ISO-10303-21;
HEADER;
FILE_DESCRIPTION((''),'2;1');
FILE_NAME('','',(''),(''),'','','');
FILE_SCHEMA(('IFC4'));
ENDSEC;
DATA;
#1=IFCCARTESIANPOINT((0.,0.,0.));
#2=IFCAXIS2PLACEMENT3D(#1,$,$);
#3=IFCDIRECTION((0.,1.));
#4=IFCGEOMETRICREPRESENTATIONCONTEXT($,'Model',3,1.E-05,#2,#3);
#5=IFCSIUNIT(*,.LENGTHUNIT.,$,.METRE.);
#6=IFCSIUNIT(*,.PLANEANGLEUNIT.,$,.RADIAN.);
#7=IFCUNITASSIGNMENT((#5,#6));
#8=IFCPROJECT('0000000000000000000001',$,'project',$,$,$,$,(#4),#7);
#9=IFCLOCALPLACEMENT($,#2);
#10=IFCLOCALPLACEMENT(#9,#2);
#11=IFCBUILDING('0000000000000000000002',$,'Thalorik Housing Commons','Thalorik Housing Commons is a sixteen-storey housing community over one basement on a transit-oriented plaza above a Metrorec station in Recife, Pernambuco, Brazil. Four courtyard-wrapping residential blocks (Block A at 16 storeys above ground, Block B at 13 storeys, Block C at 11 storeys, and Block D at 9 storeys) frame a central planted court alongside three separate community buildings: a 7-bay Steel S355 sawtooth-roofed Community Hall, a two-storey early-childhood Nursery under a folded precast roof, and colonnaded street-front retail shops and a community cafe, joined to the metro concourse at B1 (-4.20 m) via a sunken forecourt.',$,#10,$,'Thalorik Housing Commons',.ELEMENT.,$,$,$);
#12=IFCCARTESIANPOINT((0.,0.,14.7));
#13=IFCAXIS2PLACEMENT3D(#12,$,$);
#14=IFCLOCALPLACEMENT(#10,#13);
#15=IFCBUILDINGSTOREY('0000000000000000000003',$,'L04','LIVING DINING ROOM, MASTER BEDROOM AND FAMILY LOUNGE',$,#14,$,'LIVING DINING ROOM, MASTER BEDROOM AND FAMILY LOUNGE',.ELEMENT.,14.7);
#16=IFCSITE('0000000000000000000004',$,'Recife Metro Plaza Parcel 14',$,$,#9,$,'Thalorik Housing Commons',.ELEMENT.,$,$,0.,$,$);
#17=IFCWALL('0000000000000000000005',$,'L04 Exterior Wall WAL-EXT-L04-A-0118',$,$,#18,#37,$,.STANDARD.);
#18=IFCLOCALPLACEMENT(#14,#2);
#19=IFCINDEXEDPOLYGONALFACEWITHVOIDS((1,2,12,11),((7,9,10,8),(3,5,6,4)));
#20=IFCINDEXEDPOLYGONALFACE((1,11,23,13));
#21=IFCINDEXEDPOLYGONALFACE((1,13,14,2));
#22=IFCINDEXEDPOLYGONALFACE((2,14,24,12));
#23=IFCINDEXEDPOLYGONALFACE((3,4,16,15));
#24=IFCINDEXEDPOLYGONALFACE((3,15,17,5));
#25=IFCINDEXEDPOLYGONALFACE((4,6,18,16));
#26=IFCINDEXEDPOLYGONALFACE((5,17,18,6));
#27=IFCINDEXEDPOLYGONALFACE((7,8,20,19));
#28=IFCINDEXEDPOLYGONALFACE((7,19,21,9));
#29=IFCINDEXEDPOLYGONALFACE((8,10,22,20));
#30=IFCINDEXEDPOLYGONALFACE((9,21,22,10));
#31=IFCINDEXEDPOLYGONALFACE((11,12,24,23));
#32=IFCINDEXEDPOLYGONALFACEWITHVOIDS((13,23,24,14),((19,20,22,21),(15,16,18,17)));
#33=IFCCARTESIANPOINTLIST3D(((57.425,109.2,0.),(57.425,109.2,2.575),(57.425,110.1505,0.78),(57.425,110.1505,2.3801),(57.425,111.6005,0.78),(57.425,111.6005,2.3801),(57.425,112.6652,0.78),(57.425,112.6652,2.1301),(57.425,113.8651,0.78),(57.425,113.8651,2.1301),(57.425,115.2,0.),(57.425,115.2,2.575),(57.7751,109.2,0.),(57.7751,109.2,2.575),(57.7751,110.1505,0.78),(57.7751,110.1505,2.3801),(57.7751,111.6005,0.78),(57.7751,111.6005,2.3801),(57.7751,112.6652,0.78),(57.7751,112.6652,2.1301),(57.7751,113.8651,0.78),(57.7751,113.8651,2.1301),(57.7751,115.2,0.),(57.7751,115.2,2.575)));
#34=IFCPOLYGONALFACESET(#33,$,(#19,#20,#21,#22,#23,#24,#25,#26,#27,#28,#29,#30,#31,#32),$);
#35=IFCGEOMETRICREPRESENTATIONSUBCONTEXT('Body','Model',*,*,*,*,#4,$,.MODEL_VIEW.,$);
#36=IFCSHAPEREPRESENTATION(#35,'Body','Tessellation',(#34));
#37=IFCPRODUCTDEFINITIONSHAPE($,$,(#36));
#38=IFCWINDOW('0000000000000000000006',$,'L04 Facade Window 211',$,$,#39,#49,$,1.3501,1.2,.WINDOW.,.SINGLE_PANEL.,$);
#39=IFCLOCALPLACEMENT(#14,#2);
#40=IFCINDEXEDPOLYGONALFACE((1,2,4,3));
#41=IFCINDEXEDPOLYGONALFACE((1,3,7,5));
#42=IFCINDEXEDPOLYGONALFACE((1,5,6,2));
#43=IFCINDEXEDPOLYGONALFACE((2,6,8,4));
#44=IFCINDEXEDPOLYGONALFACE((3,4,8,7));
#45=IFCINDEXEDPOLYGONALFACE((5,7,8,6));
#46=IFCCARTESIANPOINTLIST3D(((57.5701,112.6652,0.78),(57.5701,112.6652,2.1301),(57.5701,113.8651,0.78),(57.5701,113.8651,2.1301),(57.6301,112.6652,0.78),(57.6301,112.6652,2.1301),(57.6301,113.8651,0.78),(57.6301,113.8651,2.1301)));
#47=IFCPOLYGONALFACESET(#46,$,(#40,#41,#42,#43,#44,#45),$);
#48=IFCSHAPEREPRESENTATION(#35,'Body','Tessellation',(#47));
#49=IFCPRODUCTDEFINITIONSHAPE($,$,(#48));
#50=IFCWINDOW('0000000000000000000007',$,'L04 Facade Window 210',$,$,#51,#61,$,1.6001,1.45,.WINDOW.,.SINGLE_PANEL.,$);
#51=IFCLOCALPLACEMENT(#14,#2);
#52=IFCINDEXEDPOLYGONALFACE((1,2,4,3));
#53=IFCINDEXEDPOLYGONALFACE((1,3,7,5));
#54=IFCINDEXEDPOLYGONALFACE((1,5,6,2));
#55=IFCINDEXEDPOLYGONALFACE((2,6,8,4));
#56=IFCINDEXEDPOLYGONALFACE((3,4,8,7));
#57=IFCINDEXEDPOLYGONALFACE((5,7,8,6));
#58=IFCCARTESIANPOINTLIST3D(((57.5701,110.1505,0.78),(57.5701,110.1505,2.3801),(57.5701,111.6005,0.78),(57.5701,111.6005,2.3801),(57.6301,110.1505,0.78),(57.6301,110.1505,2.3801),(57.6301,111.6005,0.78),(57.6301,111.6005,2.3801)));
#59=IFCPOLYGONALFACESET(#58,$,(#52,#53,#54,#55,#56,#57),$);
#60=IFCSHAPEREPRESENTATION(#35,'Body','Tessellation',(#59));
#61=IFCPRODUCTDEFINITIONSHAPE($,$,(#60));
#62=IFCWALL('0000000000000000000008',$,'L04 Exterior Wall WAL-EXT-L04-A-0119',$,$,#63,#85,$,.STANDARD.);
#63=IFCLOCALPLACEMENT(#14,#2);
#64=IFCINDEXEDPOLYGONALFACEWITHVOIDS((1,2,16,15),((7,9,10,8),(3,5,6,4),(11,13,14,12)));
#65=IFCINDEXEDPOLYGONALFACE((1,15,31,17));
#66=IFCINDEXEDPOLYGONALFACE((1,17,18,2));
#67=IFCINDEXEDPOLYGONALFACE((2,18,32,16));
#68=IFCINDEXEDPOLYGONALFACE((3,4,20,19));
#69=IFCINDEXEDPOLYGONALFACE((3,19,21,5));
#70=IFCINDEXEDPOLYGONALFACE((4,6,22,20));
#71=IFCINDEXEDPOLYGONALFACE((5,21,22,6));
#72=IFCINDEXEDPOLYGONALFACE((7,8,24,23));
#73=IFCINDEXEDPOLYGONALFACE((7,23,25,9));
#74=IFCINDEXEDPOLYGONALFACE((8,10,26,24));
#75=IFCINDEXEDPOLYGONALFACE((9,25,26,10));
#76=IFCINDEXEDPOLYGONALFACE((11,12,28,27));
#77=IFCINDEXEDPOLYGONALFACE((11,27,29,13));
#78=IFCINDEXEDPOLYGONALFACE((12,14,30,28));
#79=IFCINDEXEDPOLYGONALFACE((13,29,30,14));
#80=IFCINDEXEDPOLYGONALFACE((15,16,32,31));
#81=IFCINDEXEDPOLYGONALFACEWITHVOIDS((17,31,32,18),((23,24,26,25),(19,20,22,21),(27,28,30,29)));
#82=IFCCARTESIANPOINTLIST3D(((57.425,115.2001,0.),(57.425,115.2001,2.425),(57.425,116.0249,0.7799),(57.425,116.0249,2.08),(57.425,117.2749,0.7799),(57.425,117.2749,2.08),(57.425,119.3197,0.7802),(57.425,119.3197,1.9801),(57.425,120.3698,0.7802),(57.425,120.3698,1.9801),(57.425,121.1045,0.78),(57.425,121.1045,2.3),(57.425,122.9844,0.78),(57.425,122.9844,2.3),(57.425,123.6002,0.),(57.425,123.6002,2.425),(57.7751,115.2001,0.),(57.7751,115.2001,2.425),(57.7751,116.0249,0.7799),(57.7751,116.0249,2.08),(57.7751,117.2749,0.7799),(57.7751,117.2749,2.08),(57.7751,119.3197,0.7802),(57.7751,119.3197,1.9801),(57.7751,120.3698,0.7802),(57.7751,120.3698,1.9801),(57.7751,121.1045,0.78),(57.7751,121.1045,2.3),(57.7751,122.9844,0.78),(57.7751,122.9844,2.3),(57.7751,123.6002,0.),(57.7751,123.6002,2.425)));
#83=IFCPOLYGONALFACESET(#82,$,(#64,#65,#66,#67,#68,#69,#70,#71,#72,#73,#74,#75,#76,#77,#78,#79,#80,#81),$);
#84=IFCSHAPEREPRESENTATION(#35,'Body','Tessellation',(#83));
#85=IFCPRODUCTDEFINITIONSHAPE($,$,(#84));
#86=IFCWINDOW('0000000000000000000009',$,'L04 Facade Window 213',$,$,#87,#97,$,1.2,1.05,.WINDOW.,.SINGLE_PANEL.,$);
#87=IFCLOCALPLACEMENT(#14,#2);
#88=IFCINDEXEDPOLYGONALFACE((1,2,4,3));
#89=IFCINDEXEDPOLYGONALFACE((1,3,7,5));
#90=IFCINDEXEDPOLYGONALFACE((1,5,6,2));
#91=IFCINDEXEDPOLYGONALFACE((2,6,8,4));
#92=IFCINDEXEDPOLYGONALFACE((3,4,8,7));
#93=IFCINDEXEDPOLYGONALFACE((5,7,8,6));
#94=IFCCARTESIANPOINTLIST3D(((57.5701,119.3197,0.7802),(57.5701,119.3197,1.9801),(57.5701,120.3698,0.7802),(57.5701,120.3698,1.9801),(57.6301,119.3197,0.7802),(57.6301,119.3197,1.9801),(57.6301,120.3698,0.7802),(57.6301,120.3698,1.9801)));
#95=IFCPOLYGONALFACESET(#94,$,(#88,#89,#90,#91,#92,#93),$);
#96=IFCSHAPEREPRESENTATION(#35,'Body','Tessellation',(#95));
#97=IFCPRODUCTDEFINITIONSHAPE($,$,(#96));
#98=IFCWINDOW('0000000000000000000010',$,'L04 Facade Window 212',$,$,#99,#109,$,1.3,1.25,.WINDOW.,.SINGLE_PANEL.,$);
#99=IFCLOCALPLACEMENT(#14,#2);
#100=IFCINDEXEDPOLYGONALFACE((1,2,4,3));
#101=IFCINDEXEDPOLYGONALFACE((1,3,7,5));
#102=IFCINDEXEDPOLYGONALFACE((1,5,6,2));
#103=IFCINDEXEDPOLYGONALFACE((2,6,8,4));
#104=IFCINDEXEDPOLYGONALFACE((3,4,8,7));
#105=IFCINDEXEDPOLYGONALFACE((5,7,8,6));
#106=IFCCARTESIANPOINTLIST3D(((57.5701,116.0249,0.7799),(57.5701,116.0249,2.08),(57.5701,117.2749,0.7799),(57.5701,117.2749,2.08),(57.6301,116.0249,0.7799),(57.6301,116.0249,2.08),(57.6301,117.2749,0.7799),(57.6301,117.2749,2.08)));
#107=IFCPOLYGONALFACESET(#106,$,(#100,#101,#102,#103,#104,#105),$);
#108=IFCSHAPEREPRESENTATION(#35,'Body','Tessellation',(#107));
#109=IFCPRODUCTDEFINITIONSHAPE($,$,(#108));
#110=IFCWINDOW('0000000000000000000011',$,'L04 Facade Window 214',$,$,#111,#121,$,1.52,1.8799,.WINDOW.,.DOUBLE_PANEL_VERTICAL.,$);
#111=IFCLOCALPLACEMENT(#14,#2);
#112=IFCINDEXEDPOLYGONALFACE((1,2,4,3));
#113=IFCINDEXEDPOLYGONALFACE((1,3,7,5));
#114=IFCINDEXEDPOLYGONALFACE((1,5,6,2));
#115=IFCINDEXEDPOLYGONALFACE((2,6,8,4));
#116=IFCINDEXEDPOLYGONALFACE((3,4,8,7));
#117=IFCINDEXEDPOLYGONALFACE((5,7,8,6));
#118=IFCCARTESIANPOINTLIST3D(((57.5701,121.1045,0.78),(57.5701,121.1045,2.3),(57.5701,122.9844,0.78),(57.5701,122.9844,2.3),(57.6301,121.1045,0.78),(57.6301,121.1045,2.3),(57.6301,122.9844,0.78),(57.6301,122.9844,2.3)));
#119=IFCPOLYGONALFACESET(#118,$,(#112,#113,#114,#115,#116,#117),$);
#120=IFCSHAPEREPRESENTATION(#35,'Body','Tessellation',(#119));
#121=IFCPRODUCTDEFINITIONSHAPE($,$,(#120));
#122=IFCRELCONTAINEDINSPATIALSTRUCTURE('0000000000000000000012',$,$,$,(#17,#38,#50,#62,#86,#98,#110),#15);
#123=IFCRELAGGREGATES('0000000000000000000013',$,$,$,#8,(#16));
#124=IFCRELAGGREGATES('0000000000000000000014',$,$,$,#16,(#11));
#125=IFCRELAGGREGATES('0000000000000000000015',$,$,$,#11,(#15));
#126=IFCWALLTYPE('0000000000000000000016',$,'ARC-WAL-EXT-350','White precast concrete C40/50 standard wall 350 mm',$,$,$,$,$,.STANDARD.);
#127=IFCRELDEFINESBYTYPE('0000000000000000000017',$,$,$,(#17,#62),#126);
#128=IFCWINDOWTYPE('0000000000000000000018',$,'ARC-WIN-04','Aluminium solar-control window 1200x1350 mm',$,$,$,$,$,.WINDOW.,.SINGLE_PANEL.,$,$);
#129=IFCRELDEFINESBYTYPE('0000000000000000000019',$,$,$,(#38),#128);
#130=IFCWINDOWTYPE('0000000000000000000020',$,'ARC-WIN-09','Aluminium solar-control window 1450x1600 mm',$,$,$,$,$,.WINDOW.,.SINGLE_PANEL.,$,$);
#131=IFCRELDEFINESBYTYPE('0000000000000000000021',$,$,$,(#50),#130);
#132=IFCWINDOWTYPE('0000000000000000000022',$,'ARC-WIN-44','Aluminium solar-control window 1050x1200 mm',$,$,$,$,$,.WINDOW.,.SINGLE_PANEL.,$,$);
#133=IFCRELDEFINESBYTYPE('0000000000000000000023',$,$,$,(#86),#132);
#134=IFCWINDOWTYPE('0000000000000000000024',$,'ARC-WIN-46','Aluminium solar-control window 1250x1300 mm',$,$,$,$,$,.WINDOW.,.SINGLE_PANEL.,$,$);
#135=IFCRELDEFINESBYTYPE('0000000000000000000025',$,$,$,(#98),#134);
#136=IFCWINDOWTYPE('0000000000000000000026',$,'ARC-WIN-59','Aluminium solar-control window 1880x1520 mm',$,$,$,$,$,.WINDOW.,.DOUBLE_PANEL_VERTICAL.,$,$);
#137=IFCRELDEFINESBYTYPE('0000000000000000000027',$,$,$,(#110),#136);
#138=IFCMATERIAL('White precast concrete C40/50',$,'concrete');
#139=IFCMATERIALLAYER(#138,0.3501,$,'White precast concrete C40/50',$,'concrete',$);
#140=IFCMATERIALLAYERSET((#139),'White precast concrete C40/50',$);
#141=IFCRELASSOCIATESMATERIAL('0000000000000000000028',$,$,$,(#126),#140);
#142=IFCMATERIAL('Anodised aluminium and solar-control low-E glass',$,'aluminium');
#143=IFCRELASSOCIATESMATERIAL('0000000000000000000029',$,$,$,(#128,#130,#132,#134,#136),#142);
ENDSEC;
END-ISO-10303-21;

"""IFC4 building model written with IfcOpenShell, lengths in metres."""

from ifc_helpers import new_model, si_unit, direction, frame, frame_2d, origin, place, context, subcontext, project, spatial, rectangle, extrude, material, layer, layer_set, type_object, element, fill, save


model = new_model("IFC4")

# Units and contexts
model_context = context("Model", 3, precision=1e-05, world=origin(), true_north=direction((0.0, 1.0)))
body_context = subcontext(model_context, "Body", "Model", "MODEL_VIEW")
ifc_project = project(units=[si_unit("LENGTHUNIT", "METRE"), si_unit("PLANEANGLEUNIT", "RADIAN")], contexts=[model_context])

# Site, building, storey
site_placement = place(None, origin())
site = spatial("IfcSite", under=ifc_project, at=site_placement, Name="Recife Metro Plaza Parcel 14", LongName="Thalorik Housing Commons", CompositionType="ELEMENT", RefElevation=0.0)
building_placement = place(site_placement, origin())
building = spatial("IfcBuilding", under=site, at=building_placement, Name="Thalorik Housing Commons", Description="Thalorik Housing Commons is a sixteen-storey housing community over one basement on a transit-oriented plaza above a Metrorec station in Recife, Pernambuco, Brazil. Four courtyard-wrapping residential blocks (Block A at 16 storeys above ground, Block B at 13 storeys, Block C at 11 storeys, and Block D at 9 storeys) frame a central planted court alongside three separate community buildings: a 7-bay Steel S355 sawtooth-roofed Community Hall, a two-storey early-childhood Nursery under a folded precast roof, and colonnaded street-front retail shops and a community cafe, joined to the metro concourse at B1 (-4.20 m) via a sunken forecourt.", LongName="Thalorik Housing Commons", CompositionType="ELEMENT")
storey_placement = place(building_placement, frame((0.0, 0.0, 14.7)))
storey = spatial("IfcBuildingStorey", under=building, at=storey_placement, Name="L04", Description="LIVING DINING ROOM, MASTER BEDROOM AND FAMILY LOUNGE", LongName="LIVING DINING ROOM, MASTER BEDROOM AND FAMILY LOUNGE", CompositionType="ELEMENT", Elevation=14.7)

# Walls, openings, windows
ifc_material_1 = material(Name="White precast concrete C40/50", Category="concrete")
ifc_layer_1 = layer(ifc_material_1, 0.3501, Name="White precast concrete C40/50", Category="concrete")
ifc_layer_set_1 = layer_set([ifc_layer_1], Name="White precast concrete C40/50")
wall_type = type_object("IfcWallType", Name="ARC-WAL-EXT-350", Description="White precast concrete C40/50 standard wall 350 mm", PredefinedType="STANDARD", material=ifc_layer_set_1)
wall_1_placement = place(storey_placement, frame((57.6001, 109.2, 0.0), z_axis=(0.0, 0.0, 1.0), x_axis=(0.0, 1.0, 0.0)))
wall_1 = element("IfcWall", 1, at=wall_1_placement, inside=storey, type_object=wall_type, Name="L04 Exterior Wall WAL-EXT-L04-A-0118", PredefinedType="STANDARD", context=body_context, shape_type="SweptSolid", body=[
    extrude(rectangle(XDim=6.0, YDim=0.3501, at=frame_2d((3.0, 0.0))), origin(), (0.0, 0.0, 1.0), 2.575),
])
opening_1_placement = place(wall_1_placement, frame((0.9504, 0.0, 0.78)))
opening_1 = element("IfcOpeningElement", 2, at=opening_1_placement, cuts=wall_1, PredefinedType="OPENING", context=body_context, shape_type="SweptSolid", body=[
    extrude(rectangle(XDim=1.45, YDim=1.6001, at=frame_2d((0.7251, 0.8))), frame((0.0, 0.1851, 0.0), z_axis=(0.0, -1.0, 0.0), x_axis=(1.0, 0.0, 0.0)), (0.0, 0.0, 1.0), 0.3701),
])
opening_2_placement = place(wall_1_placement, frame((3.4651, 0.0, 0.78)))
opening_2 = element("IfcOpeningElement", 3, at=opening_2_placement, cuts=wall_1, PredefinedType="OPENING", context=body_context, shape_type="SweptSolid", body=[
    extrude(rectangle(XDim=1.2, YDim=1.3501, at=frame_2d((0.6001, 0.675))), frame((0.0, 0.1851, 0.0), z_axis=(0.0, -1.0, 0.0), x_axis=(1.0, 0.0, 0.0)), (0.0, 0.0, 1.0), 0.3701),
])
ifc_material_2 = material(Name="Anodised aluminium and solar-control low-E glass", Category="aluminium")
window_type_1 = type_object("IfcWindowType", Name="ARC-WIN-04", Description="Aluminium solar-control window 1200x1350 mm", PartitioningType="SINGLE_PANEL", PredefinedType="WINDOW", material=ifc_material_2)
window_1_placement = place(opening_2_placement, origin())
window_1 = element("IfcWindow", 4, at=window_1_placement, inside=storey, type_object=window_type_1, Name="L04 Facade Window 211", OverallHeight=1.3501, OverallWidth=1.2, PartitioningType="SINGLE_PANEL", PredefinedType="WINDOW", context=body_context, shape_type="SweptSolid", body=[
    extrude(rectangle(XDim=1.2, YDim=1.3501, at=frame_2d((0.6001, 0.675))), frame((0.0, 0.03, 0.0), z_axis=(0.0, -1.0, 0.0), x_axis=(1.0, 0.0, 0.0)), (0.0, 0.0, 1.0), 0.0601),
])
fill(opening_2, window_1)
window_type_2 = type_object("IfcWindowType", Name="ARC-WIN-09", Description="Aluminium solar-control window 1450x1600 mm", PartitioningType="SINGLE_PANEL", PredefinedType="WINDOW", material=ifc_material_2)
window_2_placement = place(opening_1_placement, origin())
window_2 = element("IfcWindow", 5, at=window_2_placement, inside=storey, type_object=window_type_2, Name="L04 Facade Window 210", OverallHeight=1.6001, OverallWidth=1.45, PartitioningType="SINGLE_PANEL", PredefinedType="WINDOW", context=body_context, shape_type="SweptSolid", body=[
    extrude(rectangle(XDim=1.45, YDim=1.6001, at=frame_2d((0.7251, 0.8))), frame((0.0, 0.03, 0.0), z_axis=(0.0, -1.0, 0.0), x_axis=(1.0, 0.0, 0.0)), (0.0, 0.0, 1.0), 0.0601),
])
fill(opening_1, window_2)
wall_2_placement = place(storey_placement, frame((57.6001, 115.2, 0.0), z_axis=(0.0, 0.0, 1.0), x_axis=(0.0, 1.0, 0.0)))
wall_2 = element("IfcWall", 6, at=wall_2_placement, inside=storey, type_object=wall_type, Name="L04 Exterior Wall WAL-EXT-L04-A-0119", PredefinedType="STANDARD", context=body_context, shape_type="SweptSolid", body=[
    extrude(rectangle(XDim=8.4001, YDim=0.3501, at=frame_2d((4.2002, 0.0))), origin(), (0.0, 0.0, 1.0), 2.425),
])
opening_3_placement = place(wall_2_placement, frame((0.825, 0.0, 0.78)))
opening_3 = element("IfcOpeningElement", 7, at=opening_3_placement, cuts=wall_2, PredefinedType="OPENING", context=body_context, shape_type="SweptSolid", body=[
    extrude(rectangle(XDim=1.25, YDim=1.3, at=frame_2d((0.625, 0.6499))), frame((0.0, 0.1851, 0.0), z_axis=(0.0, -1.0, 0.0), x_axis=(1.0, 0.0, 0.0)), (0.0, 0.0, 1.0), 0.3701),
])
opening_4_placement = place(wall_2_placement, frame((4.1199, 0.0, 0.78)))
opening_4 = element("IfcOpeningElement", 8, at=opening_4_placement, cuts=wall_2, PredefinedType="OPENING", context=body_context, shape_type="SweptSolid", body=[
    extrude(rectangle(XDim=1.05, YDim=1.2, at=frame_2d((0.5249, 0.6001))), frame((0.0, 0.1851, 0.0), z_axis=(0.0, -1.0, 0.0), x_axis=(1.0, 0.0, 0.0)), (0.0, 0.0, 1.0), 0.3701),
])
opening_5_placement = place(wall_2_placement, frame((5.9045, 0.0, 0.78)))
opening_5 = element("IfcOpeningElement", 9, at=opening_5_placement, cuts=wall_2, PredefinedType="OPENING", context=body_context, shape_type="SweptSolid", body=[
    extrude(rectangle(XDim=1.8799, YDim=1.52, at=frame_2d((0.9399, 0.76))), frame((0.0, 0.1851, 0.0), z_axis=(0.0, -1.0, 0.0), x_axis=(1.0, 0.0, 0.0)), (0.0, 0.0, 1.0), 0.3701),
])
window_type_3 = type_object("IfcWindowType", Name="ARC-WIN-44", Description="Aluminium solar-control window 1050x1200 mm", PartitioningType="SINGLE_PANEL", PredefinedType="WINDOW", material=ifc_material_2)
window_3_placement = place(opening_4_placement, origin())
window_3 = element("IfcWindow", 10, at=window_3_placement, inside=storey, type_object=window_type_3, Name="L04 Facade Window 213", OverallHeight=1.2, OverallWidth=1.05, PartitioningType="SINGLE_PANEL", PredefinedType="WINDOW", context=body_context, shape_type="SweptSolid", body=[
    extrude(rectangle(XDim=1.05, YDim=1.2, at=frame_2d((0.5249, 0.6001))), frame((0.0, 0.03, 0.0), z_axis=(0.0, -1.0, 0.0), x_axis=(1.0, 0.0, 0.0)), (0.0, 0.0, 1.0), 0.0601),
])
fill(opening_4, window_3)
window_type_4 = type_object("IfcWindowType", Name="ARC-WIN-46", Description="Aluminium solar-control window 1250x1300 mm", PartitioningType="SINGLE_PANEL", PredefinedType="WINDOW", material=ifc_material_2)
window_4_placement = place(opening_3_placement, origin())
window_4 = element("IfcWindow", 11, at=window_4_placement, inside=storey, type_object=window_type_4, Name="L04 Facade Window 212", OverallHeight=1.3, OverallWidth=1.25, PartitioningType="SINGLE_PANEL", PredefinedType="WINDOW", context=body_context, shape_type="SweptSolid", body=[
    extrude(rectangle(XDim=1.25, YDim=1.3, at=frame_2d((0.625, 0.6499))), frame((0.0, 0.03, 0.0), z_axis=(0.0, -1.0, 0.0), x_axis=(1.0, 0.0, 0.0)), (0.0, 0.0, 1.0), 0.0601),
])
fill(opening_3, window_4)
window_type_5 = type_object("IfcWindowType", Name="ARC-WIN-59", Description="Aluminium solar-control window 1880x1520 mm", PartitioningType="DOUBLE_PANEL_VERTICAL", PredefinedType="WINDOW", material=ifc_material_2)
window_5_placement = place(opening_5_placement, origin())
window_5 = element("IfcWindow", 12, at=window_5_placement, inside=storey, type_object=window_type_5, Name="L04 Facade Window 214", OverallHeight=1.52, OverallWidth=1.8799, PartitioningType="DOUBLE_PANEL_VERTICAL", PredefinedType="WINDOW", context=body_context, shape_type="SweptSolid", body=[
    extrude(rectangle(XDim=1.8799, YDim=1.52, at=frame_2d((0.9399, 0.76))), frame((0.0, 0.03, 0.0), z_axis=(0.0, -1.0, 0.0), x_axis=(1.0, 0.0, 0.0)), (0.0, 0.0, 1.0), 0.0601),
])
fill(opening_5, window_5)

save(model, "model.ifc")
